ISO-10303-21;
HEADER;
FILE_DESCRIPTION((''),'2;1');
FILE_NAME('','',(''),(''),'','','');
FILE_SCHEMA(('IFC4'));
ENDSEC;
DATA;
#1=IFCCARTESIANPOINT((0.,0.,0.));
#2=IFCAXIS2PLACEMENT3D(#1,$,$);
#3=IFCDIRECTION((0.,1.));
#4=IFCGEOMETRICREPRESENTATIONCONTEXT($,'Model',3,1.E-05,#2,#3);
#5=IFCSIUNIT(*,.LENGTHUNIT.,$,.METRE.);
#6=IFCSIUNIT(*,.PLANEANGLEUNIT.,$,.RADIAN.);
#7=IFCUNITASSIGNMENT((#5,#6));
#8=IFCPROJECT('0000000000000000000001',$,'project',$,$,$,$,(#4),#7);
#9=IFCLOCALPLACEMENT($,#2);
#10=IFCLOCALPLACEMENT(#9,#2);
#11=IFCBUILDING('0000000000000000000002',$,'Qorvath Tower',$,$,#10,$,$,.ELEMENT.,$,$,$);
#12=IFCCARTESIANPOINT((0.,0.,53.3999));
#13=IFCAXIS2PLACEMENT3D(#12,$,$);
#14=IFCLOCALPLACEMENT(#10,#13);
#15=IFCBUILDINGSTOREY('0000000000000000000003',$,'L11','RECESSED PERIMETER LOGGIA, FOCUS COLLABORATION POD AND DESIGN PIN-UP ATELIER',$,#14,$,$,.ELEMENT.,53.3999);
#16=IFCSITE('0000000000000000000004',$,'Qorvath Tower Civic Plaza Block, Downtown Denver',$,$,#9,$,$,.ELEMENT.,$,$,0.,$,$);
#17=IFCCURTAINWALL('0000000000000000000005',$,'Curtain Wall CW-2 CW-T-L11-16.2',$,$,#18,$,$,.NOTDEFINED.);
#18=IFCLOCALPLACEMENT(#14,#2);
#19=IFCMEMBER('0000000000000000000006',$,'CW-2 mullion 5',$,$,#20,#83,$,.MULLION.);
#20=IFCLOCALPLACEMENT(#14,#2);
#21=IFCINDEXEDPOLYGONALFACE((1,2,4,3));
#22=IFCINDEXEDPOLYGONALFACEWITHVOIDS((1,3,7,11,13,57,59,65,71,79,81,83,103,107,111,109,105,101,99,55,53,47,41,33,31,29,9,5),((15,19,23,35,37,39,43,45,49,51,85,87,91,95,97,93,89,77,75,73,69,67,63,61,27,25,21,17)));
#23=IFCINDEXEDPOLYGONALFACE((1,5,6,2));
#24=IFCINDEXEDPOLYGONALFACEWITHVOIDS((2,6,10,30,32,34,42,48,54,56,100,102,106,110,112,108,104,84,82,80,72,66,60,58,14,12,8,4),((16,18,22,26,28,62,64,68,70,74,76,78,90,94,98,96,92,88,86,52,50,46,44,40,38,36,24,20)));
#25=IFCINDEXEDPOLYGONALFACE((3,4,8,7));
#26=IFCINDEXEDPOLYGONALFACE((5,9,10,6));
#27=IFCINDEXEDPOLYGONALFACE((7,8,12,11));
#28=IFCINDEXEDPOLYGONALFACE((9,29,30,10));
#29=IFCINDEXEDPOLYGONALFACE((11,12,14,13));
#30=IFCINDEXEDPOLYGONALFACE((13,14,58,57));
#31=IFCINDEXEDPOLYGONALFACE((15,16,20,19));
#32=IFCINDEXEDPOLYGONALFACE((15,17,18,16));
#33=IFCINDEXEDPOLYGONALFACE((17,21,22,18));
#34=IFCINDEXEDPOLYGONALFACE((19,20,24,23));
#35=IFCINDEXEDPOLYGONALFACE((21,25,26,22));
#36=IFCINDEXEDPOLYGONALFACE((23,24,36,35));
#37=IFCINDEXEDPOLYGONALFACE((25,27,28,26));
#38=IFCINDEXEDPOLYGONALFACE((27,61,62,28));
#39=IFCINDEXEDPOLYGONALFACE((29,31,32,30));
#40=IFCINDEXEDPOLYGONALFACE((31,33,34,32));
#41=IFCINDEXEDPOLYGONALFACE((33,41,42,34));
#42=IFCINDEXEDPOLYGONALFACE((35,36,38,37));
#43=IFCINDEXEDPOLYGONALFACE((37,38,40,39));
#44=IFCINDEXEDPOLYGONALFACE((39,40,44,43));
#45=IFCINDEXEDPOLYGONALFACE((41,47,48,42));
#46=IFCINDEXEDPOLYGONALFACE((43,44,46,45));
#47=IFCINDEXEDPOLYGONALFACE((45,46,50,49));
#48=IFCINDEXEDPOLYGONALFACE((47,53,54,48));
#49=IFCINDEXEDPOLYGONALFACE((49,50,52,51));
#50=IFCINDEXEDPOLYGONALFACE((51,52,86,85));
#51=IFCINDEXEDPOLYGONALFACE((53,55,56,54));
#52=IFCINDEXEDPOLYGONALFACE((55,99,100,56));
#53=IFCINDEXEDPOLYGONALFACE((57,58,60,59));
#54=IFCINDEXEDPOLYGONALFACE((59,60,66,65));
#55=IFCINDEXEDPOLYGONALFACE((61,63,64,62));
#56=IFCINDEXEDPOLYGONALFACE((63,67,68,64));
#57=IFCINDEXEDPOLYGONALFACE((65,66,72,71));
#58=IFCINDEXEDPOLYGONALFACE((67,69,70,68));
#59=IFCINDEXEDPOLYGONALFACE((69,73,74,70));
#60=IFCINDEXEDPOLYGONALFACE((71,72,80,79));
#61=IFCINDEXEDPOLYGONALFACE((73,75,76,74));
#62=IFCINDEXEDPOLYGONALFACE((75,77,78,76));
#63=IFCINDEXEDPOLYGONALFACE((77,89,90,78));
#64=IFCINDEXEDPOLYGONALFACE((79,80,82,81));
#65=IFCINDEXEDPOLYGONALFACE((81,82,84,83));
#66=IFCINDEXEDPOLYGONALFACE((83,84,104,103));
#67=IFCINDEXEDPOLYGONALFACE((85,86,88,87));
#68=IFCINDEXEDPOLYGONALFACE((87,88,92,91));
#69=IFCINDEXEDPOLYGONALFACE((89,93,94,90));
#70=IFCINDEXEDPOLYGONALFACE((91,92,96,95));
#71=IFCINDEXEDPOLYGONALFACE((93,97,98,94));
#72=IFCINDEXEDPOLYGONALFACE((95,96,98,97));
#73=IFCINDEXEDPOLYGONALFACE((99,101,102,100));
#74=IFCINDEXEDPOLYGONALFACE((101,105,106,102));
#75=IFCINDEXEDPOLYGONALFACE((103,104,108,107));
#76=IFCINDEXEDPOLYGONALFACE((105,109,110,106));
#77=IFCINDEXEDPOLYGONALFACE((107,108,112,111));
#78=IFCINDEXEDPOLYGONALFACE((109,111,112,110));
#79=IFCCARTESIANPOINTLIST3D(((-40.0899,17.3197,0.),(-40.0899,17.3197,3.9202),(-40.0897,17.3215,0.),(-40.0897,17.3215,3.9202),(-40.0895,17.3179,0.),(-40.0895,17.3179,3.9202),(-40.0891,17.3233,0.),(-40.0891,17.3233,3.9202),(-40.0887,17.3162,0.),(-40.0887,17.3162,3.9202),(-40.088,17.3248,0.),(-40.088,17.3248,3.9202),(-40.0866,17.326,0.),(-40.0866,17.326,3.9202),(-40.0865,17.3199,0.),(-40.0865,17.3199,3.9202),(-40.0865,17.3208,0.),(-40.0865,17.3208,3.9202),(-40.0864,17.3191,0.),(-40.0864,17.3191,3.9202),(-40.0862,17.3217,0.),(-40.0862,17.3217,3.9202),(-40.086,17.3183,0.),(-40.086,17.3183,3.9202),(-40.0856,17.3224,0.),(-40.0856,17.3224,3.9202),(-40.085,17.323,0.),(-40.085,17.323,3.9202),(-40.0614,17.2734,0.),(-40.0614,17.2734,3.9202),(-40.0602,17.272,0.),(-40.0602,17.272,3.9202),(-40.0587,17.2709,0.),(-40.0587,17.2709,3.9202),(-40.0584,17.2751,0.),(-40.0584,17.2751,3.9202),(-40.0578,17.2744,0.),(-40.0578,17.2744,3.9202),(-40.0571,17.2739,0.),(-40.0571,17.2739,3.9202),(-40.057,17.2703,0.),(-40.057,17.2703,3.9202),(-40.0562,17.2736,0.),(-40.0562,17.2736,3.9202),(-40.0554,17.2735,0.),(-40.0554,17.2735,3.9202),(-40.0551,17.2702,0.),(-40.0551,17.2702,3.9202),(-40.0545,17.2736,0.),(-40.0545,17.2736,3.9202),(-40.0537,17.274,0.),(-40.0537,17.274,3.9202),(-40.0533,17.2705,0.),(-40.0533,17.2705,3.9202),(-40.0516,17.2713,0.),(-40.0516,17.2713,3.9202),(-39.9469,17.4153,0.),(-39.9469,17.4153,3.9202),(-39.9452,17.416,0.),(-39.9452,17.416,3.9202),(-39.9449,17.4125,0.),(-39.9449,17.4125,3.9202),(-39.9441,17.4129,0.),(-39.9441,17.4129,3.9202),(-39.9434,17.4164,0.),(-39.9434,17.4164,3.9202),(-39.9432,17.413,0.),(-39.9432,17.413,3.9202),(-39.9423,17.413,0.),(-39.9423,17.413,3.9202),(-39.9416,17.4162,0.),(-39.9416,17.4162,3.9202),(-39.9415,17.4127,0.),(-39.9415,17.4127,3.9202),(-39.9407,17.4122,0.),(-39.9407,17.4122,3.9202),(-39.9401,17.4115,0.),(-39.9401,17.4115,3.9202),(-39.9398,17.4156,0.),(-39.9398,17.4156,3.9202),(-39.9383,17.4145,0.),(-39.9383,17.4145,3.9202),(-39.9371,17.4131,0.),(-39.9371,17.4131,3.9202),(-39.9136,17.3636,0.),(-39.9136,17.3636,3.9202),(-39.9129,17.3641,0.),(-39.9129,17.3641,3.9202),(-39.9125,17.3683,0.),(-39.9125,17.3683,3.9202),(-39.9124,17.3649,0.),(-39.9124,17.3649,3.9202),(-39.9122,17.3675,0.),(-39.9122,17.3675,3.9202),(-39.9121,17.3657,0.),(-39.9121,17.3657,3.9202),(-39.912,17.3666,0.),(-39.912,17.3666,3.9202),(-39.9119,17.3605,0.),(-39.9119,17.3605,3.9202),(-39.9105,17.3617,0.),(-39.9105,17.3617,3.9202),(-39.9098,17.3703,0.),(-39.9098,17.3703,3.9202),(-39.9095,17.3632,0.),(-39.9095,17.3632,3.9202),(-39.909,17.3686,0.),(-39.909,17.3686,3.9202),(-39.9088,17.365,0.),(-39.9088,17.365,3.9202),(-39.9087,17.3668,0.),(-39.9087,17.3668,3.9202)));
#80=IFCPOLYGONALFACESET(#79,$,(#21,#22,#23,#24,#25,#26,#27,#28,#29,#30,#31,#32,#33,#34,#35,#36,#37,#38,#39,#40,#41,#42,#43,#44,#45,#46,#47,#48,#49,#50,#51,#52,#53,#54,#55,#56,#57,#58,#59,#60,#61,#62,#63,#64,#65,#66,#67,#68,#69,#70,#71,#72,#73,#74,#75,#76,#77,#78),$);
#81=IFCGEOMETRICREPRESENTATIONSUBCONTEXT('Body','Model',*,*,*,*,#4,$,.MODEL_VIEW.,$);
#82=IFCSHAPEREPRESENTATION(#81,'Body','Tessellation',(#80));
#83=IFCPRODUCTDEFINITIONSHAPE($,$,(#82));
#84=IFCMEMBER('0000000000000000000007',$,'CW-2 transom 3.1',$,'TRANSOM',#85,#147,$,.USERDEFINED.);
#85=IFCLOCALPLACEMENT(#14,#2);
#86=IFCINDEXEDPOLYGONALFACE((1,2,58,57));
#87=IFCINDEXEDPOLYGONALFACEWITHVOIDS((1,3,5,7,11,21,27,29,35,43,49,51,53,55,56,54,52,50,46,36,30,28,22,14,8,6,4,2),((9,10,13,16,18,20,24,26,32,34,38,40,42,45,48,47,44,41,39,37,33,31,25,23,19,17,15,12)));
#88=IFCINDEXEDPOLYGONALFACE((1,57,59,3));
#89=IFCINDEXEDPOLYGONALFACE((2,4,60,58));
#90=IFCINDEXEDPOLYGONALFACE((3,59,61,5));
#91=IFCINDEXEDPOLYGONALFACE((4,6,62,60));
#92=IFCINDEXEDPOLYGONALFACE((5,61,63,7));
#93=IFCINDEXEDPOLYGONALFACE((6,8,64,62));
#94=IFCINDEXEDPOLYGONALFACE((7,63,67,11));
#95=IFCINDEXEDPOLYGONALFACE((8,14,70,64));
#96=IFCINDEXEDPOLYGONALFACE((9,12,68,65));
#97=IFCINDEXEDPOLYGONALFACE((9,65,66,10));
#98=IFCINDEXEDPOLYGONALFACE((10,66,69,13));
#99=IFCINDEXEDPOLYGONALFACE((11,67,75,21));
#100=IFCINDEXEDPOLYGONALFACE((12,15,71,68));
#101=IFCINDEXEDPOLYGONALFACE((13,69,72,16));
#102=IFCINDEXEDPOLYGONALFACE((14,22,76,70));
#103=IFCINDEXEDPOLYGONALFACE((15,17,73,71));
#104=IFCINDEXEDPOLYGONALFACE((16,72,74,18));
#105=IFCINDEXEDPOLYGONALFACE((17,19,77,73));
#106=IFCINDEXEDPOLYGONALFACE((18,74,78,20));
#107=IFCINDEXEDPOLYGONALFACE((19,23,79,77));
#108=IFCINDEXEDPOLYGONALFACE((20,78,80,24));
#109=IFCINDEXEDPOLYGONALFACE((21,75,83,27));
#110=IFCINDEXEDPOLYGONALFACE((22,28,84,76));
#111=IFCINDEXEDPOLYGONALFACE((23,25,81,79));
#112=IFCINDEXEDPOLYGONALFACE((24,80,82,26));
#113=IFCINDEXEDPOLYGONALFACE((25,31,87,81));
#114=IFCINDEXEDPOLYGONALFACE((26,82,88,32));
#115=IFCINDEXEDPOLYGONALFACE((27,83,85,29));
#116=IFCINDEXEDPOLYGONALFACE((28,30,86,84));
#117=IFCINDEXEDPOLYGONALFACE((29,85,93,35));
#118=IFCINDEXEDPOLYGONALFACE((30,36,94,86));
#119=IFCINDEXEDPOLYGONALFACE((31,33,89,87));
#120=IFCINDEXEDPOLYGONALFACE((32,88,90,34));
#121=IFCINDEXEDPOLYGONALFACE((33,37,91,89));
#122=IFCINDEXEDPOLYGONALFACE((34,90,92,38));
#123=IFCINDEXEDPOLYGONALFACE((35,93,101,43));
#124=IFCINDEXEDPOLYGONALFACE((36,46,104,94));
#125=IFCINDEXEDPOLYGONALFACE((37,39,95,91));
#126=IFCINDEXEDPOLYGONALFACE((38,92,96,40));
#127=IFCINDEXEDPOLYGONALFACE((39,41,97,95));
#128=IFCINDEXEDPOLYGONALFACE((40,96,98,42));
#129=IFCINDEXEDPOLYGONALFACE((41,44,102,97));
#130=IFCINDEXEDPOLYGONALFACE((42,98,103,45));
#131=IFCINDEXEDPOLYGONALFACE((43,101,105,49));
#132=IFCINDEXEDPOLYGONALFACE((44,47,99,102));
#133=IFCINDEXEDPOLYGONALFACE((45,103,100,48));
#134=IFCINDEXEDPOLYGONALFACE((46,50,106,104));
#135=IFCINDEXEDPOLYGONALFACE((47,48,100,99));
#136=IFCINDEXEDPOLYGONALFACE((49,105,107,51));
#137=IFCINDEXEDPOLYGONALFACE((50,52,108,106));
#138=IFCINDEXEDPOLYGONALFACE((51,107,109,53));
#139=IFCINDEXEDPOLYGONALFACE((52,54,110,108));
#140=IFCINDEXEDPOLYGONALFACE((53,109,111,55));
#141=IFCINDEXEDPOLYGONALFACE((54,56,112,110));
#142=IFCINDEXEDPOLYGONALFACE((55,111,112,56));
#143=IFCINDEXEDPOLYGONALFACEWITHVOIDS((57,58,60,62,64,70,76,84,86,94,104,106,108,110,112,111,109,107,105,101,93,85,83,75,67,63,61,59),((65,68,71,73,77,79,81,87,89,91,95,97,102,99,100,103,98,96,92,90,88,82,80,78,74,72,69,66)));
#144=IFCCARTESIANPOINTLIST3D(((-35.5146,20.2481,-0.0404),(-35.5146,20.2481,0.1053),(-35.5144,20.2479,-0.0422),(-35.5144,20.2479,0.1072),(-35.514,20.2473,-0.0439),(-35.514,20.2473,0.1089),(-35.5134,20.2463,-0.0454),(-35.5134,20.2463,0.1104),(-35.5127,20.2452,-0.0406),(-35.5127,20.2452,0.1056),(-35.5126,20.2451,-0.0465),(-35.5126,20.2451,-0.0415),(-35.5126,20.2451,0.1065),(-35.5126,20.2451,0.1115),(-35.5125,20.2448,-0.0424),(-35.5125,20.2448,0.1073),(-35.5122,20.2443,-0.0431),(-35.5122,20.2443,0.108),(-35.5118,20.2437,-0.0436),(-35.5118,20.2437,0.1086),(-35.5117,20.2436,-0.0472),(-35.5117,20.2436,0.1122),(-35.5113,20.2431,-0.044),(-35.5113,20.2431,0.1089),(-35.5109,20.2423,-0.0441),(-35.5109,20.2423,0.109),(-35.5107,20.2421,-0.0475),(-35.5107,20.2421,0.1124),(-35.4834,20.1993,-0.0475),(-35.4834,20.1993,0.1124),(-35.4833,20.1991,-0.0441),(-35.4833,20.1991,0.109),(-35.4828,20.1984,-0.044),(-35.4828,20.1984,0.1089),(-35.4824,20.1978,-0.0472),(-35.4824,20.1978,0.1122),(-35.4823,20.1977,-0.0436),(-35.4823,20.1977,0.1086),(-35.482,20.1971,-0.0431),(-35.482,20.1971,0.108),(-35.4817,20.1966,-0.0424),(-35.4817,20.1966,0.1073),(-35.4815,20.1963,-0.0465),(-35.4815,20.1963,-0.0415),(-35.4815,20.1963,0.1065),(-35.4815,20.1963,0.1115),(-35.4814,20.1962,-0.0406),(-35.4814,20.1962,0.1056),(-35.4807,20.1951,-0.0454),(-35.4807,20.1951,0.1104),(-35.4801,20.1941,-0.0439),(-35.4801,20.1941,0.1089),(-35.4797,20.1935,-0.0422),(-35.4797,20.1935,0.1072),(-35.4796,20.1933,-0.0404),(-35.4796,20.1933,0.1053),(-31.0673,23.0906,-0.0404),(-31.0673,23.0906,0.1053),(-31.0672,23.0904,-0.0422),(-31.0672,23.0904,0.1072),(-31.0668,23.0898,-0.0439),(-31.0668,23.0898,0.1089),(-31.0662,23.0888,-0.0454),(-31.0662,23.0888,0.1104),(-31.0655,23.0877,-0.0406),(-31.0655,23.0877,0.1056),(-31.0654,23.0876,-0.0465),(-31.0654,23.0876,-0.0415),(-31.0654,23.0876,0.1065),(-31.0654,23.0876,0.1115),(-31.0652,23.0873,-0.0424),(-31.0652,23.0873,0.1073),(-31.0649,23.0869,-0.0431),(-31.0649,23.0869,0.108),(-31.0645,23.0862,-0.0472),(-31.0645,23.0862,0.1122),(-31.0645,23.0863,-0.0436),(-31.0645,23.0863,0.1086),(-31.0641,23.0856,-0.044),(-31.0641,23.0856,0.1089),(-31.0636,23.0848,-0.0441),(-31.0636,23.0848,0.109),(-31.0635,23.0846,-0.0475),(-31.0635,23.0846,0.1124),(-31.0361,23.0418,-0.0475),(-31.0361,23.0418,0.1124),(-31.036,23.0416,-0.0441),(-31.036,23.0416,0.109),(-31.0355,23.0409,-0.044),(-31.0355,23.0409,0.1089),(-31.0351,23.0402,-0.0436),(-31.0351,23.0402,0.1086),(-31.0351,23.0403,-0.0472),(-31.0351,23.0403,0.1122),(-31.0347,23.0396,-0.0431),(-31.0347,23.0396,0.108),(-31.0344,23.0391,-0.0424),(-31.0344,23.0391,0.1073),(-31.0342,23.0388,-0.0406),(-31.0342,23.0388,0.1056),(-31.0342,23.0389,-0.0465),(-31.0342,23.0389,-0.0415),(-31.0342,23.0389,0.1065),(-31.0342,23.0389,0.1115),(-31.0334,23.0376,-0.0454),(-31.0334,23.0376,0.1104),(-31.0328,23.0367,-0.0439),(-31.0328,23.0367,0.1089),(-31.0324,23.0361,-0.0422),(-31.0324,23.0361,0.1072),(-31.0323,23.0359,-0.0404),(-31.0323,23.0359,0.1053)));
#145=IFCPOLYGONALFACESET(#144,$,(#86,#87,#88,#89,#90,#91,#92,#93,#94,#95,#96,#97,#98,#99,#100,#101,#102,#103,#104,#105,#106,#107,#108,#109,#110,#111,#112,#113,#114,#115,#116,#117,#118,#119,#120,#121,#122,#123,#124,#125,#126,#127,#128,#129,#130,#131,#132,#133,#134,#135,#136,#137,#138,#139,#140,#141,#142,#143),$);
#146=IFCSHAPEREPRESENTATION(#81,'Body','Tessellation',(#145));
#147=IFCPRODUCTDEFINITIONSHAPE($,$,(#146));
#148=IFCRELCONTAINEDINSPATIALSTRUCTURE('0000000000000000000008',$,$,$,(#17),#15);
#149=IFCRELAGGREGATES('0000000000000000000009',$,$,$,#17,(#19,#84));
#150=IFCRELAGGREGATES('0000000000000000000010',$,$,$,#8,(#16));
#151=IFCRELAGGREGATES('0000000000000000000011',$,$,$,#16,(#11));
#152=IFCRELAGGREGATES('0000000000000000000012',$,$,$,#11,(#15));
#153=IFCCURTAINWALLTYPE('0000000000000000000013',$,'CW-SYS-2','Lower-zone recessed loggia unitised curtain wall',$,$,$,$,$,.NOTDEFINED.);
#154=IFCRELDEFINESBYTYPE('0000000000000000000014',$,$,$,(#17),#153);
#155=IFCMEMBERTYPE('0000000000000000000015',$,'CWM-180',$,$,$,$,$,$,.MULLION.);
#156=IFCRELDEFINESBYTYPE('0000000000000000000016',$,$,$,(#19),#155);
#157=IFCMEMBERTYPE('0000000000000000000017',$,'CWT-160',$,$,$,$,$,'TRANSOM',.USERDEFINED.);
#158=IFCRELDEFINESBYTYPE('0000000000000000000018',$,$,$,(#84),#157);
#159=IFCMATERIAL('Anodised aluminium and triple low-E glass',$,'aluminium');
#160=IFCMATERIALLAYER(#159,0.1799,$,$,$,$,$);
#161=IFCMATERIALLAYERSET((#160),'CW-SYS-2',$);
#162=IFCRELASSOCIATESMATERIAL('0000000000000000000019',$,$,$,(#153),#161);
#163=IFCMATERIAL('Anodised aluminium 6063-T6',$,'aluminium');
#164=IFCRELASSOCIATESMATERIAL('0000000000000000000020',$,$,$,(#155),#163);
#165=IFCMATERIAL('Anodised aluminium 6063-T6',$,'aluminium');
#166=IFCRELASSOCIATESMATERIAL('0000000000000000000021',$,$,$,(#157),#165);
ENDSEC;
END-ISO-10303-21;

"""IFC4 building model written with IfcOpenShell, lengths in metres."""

from ifc_helpers import new_model, si_unit, direction, frame, origin, origin_2d, place, context, subcontext, project, spatial, hollow_rectangle, extrude, material, layer, layer_set, material_profile, profile_set, type_object, element, aggregate, save


model = new_model("IFC4")

# Units and contexts
model_context = context("Model", 3, precision=1e-05, world=origin(), true_north=direction((0.0, 1.0)))
body_context = subcontext(model_context, "Body", "Model", "MODEL_VIEW")
ifc_project = project(units=[si_unit("LENGTHUNIT", "METRE"), si_unit("PLANEANGLEUNIT", "RADIAN")], contexts=[model_context])

# Site, building, storey
site_placement = place(None, origin())
site = spatial("IfcSite", under=ifc_project, at=site_placement, Name="Qorvath Tower Civic Plaza Block, Downtown Denver", CompositionType="ELEMENT", RefElevation=0.0)
building_placement = place(site_placement, origin())
building = spatial("IfcBuilding", under=site, at=building_placement, Name="Qorvath Tower", CompositionType="ELEMENT")
storey_placement = place(building_placement, frame((0.0, 0.0, 53.3999)))
storey = spatial("IfcBuildingStorey", under=building, at=storey_placement, Name="L11", Description="RECESSED PERIMETER LOGGIA, FOCUS COLLABORATION POD AND DESIGN PIN-UP ATELIER", CompositionType="ELEMENT", Elevation=53.3999)

# Curtain wall, members
ifc_material_1 = material(Name="Anodised aluminium and triple low-E glass", Category="aluminium")
ifc_layer_1 = layer(ifc_material_1, 0.1799)
ifc_layer_set_1 = layer_set([ifc_layer_1], Name="CW-SYS-2")
curtain_wall_type = type_object("IfcCurtainWallType", Name="CW-SYS-2", Description="Lower-zone recessed loggia unitised curtain wall", PredefinedType="NOTDEFINED", material=ifc_layer_set_1)
curtain_wall_placement = place(storey_placement, origin())
curtain_wall = element("IfcCurtainWall", 1, at=curtain_wall_placement, inside=storey, type_object=curtain_wall_type, Name="Curtain Wall CW-2 CW-T-L11-16.2", PredefinedType="NOTDEFINED")
ifc_material_2 = material(Name="Anodised aluminium 6063-T6", Category="aluminium")
ifc_material_profile_1 = material_profile(ifc_material_2, hollow_rectangle(XDim=0.0649, YDim=0.1799, WallThickness=0.0034, InnerFilletRadius=0.0034, OuterFilletRadius=0.0071, at=origin_2d()), Name="CWM 180x65")
ifc_profile_set_1 = profile_set([ifc_material_profile_1], Name="Anodised aluminium 6063-T6")
member_type_1 = type_object("IfcMemberType", Name="CWM-180", PredefinedType="MULLION", material=ifc_profile_set_1)
member_1_placement = place(storey_placement, frame((-39.9993, 17.3433, 0.0), z_axis=(0.0, 0.0, 1.0), x_axis=(0.538541, -0.842599, 0.0)))
member_1 = element("IfcMember", 2, at=member_1_placement, type_object=member_type_1, Name="CW-2 mullion 5", PredefinedType="MULLION", context=body_context, shape_type="SweptSolid", body=[
    extrude(hollow_rectangle(XDim=0.0649, YDim=0.1799, WallThickness=0.0034, InnerFilletRadius=0.0034, OuterFilletRadius=0.0071, at=origin_2d()), origin(), (0.0, 0.0, 1.0), 3.9202),
])
ifc_material_3 = material(Name="Anodised aluminium 6063-T6", Category="aluminium")
ifc_material_profile_2 = material_profile(ifc_material_3, hollow_rectangle(XDim=0.0649, YDim=0.1599, WallThickness=0.0034, InnerFilletRadius=0.0034, OuterFilletRadius=0.0071, at=origin_2d()), Name="CWT 160x65")
ifc_profile_set_2 = profile_set([ifc_material_profile_2], Name="Anodised aluminium 6063-T6")
member_type_2 = type_object("IfcMemberType", Name="CWT-160", ElementType="TRANSOM", PredefinedType="USERDEFINED", material=ifc_profile_set_2)
member_2_placement = place(storey_placement, frame((-31.0498, 23.0632, 0.0325), z_axis=(-0.842591, -0.538554, 0.0), x_axis=(0.538554, -0.842591, 0.0)))
member_2 = element("IfcMember", 3, at=member_2_placement, type_object=member_type_2, Name="CW-2 transom 3.1", ObjectType="TRANSOM", PredefinedType="USERDEFINED", context=body_context, shape_type="SweptSolid", body=[
    extrude(hollow_rectangle(XDim=0.0649, YDim=0.1599, WallThickness=0.0034, InnerFilletRadius=0.0034, OuterFilletRadius=0.0071, at=origin_2d()), origin(), (0.0, 0.0, 1.0), 5.2781),
])
aggregate(curtain_wall, [member_1, member_2])

save(model, "model.ifc")
